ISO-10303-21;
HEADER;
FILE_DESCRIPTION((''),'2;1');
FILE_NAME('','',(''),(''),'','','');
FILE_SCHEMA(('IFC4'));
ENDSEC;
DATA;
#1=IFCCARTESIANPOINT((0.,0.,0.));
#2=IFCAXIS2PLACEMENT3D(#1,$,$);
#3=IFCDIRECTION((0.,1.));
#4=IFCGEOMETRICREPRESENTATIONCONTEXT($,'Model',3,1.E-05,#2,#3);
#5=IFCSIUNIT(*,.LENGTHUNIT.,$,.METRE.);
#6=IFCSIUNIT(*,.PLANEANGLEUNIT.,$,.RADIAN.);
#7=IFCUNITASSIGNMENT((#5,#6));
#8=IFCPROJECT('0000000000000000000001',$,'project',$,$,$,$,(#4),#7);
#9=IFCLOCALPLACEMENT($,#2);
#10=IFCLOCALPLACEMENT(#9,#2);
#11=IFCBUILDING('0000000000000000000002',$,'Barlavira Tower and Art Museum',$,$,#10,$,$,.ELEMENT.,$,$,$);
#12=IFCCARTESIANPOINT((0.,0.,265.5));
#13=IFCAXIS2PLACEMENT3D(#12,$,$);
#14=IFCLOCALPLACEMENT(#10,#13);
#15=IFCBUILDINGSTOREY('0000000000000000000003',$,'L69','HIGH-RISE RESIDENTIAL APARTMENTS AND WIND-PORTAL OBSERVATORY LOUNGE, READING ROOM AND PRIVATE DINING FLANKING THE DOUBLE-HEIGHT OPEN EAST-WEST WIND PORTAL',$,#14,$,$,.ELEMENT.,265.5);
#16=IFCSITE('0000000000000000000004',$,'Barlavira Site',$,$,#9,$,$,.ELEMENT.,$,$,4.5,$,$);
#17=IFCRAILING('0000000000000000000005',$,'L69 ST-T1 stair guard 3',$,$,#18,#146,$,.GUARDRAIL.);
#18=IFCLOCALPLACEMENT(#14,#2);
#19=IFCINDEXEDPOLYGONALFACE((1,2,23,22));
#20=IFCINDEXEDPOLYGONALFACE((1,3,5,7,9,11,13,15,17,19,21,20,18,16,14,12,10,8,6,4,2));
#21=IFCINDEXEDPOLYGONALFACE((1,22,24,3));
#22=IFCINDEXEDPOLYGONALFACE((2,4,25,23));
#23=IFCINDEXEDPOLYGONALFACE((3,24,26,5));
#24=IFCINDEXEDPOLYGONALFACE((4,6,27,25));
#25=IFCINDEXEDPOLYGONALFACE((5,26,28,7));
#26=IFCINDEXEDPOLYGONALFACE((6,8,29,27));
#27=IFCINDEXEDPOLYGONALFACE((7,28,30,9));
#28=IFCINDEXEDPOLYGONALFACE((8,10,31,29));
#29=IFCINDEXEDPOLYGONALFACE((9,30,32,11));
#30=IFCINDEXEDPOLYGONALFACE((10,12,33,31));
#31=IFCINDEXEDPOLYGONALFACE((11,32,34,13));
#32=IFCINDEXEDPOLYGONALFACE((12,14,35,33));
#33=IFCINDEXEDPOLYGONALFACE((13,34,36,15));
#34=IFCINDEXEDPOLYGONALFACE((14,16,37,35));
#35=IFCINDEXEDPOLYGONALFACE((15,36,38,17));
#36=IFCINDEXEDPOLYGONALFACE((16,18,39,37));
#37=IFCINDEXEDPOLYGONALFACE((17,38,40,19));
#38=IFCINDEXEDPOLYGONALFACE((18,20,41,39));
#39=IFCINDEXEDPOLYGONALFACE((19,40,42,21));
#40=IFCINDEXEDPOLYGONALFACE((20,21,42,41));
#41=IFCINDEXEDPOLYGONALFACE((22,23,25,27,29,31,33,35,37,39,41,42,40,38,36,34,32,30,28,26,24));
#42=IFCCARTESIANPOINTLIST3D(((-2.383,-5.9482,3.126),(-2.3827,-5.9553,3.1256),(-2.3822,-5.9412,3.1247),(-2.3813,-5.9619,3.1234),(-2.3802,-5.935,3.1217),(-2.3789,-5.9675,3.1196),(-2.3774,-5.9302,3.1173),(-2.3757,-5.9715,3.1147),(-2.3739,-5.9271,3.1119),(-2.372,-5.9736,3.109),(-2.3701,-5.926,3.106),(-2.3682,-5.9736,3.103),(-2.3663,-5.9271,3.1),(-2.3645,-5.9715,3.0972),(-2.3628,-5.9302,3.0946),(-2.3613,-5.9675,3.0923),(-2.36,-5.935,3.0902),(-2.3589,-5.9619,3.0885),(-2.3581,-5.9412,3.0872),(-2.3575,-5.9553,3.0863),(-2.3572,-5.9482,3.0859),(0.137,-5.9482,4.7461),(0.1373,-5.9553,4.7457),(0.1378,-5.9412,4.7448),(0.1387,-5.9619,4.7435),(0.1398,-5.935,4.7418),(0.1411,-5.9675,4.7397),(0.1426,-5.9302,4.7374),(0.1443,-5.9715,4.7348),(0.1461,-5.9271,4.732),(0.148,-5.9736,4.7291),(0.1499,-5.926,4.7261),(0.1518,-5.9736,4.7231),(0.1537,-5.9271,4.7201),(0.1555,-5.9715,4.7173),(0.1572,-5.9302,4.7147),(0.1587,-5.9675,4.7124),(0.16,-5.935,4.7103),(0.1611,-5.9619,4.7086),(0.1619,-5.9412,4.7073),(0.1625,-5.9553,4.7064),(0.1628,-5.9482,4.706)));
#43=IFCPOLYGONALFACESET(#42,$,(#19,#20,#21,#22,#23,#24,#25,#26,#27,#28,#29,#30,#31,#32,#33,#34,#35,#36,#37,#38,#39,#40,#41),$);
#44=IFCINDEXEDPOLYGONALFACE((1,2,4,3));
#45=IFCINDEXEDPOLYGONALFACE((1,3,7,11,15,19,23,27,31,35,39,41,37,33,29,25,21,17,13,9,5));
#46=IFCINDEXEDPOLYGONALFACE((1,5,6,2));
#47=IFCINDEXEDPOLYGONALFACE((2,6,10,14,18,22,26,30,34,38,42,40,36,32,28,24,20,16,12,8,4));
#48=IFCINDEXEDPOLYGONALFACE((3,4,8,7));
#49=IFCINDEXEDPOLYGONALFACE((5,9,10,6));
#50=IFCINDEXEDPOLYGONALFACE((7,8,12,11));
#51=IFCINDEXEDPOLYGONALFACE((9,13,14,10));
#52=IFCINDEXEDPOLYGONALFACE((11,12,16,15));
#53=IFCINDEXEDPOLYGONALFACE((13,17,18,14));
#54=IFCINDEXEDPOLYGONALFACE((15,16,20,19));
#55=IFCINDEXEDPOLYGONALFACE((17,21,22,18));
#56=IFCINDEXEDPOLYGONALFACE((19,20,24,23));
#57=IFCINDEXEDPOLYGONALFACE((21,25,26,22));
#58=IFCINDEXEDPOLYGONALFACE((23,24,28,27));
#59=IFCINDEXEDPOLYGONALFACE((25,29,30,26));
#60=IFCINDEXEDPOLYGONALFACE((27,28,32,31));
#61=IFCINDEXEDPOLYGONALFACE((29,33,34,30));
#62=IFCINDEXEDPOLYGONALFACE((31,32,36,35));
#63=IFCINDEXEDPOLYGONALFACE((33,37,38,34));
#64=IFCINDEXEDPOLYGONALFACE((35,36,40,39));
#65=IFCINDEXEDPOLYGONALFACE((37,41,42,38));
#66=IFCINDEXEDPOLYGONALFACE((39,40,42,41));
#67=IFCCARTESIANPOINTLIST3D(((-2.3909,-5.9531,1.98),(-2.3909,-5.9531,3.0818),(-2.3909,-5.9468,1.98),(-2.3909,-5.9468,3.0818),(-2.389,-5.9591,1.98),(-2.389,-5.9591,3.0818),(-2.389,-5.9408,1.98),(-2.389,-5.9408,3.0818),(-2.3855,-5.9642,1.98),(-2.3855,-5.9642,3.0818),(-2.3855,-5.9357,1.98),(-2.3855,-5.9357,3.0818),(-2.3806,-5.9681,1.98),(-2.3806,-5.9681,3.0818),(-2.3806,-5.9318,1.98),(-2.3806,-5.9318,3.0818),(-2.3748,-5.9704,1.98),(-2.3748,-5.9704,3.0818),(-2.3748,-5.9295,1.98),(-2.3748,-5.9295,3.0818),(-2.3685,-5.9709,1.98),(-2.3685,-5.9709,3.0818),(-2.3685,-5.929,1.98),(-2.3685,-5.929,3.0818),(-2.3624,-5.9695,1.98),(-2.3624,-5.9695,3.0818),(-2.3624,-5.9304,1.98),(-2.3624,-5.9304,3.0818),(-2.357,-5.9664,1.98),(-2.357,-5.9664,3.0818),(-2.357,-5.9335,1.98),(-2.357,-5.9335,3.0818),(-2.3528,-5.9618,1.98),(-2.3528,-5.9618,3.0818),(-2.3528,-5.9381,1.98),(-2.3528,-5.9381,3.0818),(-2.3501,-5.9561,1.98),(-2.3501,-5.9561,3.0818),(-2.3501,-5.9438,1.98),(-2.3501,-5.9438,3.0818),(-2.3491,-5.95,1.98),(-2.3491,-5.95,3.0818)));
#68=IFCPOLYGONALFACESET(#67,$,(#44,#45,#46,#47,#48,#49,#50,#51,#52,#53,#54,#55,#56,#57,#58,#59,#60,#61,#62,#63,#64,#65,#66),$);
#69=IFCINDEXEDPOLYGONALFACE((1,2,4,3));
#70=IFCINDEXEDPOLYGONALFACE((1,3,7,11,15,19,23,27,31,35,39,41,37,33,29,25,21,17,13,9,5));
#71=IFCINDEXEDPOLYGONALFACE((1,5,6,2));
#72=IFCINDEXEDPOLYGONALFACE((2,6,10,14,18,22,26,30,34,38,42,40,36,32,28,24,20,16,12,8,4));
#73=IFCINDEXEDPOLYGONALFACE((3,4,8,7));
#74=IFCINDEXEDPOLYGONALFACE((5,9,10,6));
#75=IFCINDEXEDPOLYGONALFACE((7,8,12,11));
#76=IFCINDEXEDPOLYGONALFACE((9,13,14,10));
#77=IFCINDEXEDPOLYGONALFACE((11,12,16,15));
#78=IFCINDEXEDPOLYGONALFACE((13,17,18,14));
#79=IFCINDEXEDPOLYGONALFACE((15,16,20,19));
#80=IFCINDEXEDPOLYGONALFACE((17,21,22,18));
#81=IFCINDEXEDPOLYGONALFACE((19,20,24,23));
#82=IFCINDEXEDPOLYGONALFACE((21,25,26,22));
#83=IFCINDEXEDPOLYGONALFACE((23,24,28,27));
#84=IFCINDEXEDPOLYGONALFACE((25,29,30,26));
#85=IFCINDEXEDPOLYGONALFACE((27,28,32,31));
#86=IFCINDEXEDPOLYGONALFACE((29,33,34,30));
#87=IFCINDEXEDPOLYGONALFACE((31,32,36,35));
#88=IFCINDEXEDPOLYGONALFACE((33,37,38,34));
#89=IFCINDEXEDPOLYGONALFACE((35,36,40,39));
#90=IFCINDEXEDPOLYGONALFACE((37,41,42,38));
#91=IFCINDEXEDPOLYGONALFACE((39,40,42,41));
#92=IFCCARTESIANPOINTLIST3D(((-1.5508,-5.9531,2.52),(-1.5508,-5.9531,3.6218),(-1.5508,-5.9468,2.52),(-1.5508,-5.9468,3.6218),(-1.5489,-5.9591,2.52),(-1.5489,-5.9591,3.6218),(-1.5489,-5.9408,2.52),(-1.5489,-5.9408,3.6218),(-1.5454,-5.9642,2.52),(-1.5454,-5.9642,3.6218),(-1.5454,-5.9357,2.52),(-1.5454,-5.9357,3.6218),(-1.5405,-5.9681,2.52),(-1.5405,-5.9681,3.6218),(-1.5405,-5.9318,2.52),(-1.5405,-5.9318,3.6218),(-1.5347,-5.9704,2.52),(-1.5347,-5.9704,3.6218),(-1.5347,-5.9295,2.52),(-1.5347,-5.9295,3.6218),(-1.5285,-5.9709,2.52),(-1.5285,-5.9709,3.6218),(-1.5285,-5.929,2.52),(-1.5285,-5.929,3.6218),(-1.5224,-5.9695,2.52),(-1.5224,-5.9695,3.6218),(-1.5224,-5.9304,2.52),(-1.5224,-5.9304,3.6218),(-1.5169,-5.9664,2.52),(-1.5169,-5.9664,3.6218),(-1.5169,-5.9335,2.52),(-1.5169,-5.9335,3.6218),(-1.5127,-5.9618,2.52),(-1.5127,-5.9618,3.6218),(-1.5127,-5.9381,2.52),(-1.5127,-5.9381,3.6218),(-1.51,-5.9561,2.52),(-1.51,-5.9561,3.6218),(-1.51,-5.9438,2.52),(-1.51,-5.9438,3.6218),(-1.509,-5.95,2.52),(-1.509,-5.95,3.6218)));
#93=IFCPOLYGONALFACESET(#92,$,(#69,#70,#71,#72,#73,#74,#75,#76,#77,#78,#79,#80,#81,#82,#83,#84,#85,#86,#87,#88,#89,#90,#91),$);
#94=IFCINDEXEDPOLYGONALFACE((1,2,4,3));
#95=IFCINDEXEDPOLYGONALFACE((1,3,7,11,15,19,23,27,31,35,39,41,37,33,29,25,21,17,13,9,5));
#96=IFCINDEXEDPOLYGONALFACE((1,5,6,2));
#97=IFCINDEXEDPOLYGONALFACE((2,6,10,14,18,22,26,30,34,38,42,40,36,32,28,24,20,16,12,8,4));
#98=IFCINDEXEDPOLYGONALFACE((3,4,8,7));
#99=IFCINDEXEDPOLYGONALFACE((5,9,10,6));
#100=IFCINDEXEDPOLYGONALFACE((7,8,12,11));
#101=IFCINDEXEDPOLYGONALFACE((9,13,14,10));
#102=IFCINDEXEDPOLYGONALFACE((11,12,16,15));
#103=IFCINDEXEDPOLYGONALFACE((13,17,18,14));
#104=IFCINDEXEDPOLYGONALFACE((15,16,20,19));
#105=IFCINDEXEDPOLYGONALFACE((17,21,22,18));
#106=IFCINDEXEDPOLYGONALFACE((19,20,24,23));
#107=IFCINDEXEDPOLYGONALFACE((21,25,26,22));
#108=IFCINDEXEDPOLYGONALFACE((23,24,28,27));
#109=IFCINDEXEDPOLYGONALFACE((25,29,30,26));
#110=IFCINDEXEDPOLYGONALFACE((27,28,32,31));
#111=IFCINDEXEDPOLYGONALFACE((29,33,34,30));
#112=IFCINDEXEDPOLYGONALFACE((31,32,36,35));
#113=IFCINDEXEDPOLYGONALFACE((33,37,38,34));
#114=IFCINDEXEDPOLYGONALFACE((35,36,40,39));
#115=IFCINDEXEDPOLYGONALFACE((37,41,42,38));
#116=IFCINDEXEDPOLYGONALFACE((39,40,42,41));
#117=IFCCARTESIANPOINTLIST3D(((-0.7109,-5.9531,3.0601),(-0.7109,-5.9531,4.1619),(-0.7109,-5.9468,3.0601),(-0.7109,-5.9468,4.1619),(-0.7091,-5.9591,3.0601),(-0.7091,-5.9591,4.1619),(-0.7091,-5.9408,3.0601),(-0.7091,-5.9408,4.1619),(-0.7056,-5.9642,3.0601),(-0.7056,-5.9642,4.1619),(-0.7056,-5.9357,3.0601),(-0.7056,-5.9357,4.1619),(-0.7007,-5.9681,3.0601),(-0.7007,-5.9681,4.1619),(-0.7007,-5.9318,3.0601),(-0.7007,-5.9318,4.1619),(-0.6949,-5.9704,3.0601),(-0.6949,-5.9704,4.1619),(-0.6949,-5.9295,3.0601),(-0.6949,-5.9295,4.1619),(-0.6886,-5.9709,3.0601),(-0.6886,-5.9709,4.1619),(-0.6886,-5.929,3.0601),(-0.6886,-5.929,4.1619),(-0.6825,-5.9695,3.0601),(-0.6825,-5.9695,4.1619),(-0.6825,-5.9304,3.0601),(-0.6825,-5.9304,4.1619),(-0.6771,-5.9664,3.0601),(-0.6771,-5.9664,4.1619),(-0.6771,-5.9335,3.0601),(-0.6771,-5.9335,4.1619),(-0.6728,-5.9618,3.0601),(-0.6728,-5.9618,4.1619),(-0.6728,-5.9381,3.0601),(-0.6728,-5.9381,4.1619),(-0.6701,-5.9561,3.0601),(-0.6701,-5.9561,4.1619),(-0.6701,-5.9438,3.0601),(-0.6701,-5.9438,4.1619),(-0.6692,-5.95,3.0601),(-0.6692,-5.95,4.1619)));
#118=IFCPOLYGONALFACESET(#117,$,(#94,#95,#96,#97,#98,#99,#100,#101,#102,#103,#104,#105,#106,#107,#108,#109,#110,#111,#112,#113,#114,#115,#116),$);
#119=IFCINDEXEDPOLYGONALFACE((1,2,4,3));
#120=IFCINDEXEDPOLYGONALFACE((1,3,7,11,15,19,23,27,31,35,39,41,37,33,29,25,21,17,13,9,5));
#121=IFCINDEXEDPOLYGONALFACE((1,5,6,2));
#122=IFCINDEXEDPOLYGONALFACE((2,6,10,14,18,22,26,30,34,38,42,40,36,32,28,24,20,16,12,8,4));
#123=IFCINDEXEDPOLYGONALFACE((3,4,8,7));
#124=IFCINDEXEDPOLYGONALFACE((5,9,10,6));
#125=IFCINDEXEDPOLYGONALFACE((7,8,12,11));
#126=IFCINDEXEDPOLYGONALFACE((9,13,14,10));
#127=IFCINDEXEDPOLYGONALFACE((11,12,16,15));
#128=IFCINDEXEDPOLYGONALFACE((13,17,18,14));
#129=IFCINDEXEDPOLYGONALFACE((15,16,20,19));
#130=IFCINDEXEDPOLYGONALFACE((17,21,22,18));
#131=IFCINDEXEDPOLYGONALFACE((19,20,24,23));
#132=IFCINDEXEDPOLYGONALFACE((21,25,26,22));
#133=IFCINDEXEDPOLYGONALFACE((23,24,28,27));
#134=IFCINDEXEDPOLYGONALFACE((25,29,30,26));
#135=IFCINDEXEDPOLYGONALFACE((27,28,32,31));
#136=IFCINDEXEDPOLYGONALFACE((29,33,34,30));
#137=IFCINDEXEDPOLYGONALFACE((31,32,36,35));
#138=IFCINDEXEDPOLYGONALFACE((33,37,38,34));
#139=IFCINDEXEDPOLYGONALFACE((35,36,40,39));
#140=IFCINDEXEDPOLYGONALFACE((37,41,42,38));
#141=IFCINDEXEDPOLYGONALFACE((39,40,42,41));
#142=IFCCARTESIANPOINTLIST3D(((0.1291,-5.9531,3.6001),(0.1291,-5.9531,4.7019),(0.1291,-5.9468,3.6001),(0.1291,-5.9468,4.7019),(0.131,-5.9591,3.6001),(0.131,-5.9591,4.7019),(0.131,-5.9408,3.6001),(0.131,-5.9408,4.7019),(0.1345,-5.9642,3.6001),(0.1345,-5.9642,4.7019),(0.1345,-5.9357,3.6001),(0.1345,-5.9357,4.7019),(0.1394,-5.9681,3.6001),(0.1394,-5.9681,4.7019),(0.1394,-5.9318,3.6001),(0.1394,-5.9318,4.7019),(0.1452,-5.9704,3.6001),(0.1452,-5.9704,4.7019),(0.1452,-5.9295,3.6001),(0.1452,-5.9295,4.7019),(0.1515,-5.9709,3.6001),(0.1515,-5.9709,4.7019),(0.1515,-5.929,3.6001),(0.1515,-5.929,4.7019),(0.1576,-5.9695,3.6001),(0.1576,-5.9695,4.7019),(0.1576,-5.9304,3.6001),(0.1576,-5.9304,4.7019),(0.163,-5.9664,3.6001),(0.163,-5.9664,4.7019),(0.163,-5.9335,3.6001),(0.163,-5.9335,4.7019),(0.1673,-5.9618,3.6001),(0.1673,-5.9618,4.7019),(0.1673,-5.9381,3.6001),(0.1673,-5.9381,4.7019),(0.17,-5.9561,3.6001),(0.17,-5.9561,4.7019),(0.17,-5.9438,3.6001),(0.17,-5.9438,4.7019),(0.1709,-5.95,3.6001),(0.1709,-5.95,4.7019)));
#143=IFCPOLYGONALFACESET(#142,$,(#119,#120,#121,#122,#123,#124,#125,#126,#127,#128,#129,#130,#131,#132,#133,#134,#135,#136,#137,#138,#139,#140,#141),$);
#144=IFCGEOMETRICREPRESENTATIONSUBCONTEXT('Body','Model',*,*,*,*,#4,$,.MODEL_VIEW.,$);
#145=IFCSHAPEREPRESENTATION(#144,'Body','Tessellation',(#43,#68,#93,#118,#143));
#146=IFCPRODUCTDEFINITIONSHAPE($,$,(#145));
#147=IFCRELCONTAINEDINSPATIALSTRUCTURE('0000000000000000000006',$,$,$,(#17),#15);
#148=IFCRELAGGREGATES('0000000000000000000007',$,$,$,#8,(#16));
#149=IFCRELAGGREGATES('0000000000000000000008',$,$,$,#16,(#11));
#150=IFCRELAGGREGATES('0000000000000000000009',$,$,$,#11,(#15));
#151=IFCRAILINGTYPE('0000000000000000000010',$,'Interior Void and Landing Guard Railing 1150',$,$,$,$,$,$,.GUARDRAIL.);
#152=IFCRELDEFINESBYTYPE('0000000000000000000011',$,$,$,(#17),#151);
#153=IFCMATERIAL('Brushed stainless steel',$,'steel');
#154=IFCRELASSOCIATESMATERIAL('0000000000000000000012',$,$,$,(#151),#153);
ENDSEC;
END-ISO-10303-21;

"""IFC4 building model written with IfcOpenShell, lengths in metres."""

from ifc_helpers import new_model, si_unit, direction, frame, origin, origin_2d, place, context, subcontext, project, spatial, circle, extrude, material, type_object, element, save


model = new_model("IFC4")

# Units and contexts
model_context = context("Model", 3, precision=1e-05, world=origin(), true_north=direction((0.0, 1.0)))
body_context = subcontext(model_context, "Body", "Model", "MODEL_VIEW")
ifc_project = project(units=[si_unit("LENGTHUNIT", "METRE"), si_unit("PLANEANGLEUNIT", "RADIAN")], contexts=[model_context])

# Site, building, storey
site_placement = place(None, origin())
site = spatial("IfcSite", under=ifc_project, at=site_placement, Name="Barlavira Site", CompositionType="ELEMENT", RefElevation=4.5)
building_placement = place(site_placement, origin())
building = spatial("IfcBuilding", under=site, at=building_placement, Name="Barlavira Tower and Art Museum", CompositionType="ELEMENT")
storey_placement = place(building_placement, frame((0.0, 0.0, 265.5)))
storey = spatial("IfcBuildingStorey", under=building, at=storey_placement, Name="L69", Description="HIGH-RISE RESIDENTIAL APARTMENTS AND WIND-PORTAL OBSERVATORY LOUNGE, READING ROOM AND PRIVATE DINING FLANKING THE DOUBLE-HEIGHT OPEN EAST-WEST WIND PORTAL", CompositionType="ELEMENT", Elevation=265.5)

# Railing
ifc_material_1 = material(Name="Brushed stainless steel", Category="steel")
railing_type_1 = type_object("IfcRailingType", Name="Interior Void and Landing Guard Railing 1150", PredefinedType="GUARDRAIL", material=ifc_material_1)
railing_1_placement = place(storey_placement, frame((-2.3701, -5.95, 1.98)))
element("IfcRailing", 1, at=railing_1_placement, inside=storey, type_object=railing_type_1, Name="L69 ST-T1 stair guard 3", PredefinedType="GUARDRAIL", context=body_context, shape_type="SweptSolid", body=[
    extrude(circle(Radius=0.0239, at=origin_2d()), frame((0.0, 0.0, 1.126), z_axis=(0.841163, 0.0, 0.540782), x_axis=(0.0, 1.0, 0.0)), (0.0, 0.0, 1.0), 2.9958),
    extrude(circle(Radius=0.021, at=origin_2d()), origin(), (0.0, 0.0, 1.0), 1.1018),
    extrude(circle(Radius=0.021, at=origin_2d()), frame((0.8401, 0.0, 0.54)), (0.0, 0.0, 1.0), 1.1018),
    extrude(circle(Radius=0.021, at=origin_2d()), frame((1.6799, 0.0, 1.0801)), (0.0, 0.0, 1.0), 1.1018),
    extrude(circle(Radius=0.021, at=origin_2d()), frame((2.52, 0.0, 1.6201)), (0.0, 0.0, 1.0), 1.1018),
])

save(model, "model.ifc")
